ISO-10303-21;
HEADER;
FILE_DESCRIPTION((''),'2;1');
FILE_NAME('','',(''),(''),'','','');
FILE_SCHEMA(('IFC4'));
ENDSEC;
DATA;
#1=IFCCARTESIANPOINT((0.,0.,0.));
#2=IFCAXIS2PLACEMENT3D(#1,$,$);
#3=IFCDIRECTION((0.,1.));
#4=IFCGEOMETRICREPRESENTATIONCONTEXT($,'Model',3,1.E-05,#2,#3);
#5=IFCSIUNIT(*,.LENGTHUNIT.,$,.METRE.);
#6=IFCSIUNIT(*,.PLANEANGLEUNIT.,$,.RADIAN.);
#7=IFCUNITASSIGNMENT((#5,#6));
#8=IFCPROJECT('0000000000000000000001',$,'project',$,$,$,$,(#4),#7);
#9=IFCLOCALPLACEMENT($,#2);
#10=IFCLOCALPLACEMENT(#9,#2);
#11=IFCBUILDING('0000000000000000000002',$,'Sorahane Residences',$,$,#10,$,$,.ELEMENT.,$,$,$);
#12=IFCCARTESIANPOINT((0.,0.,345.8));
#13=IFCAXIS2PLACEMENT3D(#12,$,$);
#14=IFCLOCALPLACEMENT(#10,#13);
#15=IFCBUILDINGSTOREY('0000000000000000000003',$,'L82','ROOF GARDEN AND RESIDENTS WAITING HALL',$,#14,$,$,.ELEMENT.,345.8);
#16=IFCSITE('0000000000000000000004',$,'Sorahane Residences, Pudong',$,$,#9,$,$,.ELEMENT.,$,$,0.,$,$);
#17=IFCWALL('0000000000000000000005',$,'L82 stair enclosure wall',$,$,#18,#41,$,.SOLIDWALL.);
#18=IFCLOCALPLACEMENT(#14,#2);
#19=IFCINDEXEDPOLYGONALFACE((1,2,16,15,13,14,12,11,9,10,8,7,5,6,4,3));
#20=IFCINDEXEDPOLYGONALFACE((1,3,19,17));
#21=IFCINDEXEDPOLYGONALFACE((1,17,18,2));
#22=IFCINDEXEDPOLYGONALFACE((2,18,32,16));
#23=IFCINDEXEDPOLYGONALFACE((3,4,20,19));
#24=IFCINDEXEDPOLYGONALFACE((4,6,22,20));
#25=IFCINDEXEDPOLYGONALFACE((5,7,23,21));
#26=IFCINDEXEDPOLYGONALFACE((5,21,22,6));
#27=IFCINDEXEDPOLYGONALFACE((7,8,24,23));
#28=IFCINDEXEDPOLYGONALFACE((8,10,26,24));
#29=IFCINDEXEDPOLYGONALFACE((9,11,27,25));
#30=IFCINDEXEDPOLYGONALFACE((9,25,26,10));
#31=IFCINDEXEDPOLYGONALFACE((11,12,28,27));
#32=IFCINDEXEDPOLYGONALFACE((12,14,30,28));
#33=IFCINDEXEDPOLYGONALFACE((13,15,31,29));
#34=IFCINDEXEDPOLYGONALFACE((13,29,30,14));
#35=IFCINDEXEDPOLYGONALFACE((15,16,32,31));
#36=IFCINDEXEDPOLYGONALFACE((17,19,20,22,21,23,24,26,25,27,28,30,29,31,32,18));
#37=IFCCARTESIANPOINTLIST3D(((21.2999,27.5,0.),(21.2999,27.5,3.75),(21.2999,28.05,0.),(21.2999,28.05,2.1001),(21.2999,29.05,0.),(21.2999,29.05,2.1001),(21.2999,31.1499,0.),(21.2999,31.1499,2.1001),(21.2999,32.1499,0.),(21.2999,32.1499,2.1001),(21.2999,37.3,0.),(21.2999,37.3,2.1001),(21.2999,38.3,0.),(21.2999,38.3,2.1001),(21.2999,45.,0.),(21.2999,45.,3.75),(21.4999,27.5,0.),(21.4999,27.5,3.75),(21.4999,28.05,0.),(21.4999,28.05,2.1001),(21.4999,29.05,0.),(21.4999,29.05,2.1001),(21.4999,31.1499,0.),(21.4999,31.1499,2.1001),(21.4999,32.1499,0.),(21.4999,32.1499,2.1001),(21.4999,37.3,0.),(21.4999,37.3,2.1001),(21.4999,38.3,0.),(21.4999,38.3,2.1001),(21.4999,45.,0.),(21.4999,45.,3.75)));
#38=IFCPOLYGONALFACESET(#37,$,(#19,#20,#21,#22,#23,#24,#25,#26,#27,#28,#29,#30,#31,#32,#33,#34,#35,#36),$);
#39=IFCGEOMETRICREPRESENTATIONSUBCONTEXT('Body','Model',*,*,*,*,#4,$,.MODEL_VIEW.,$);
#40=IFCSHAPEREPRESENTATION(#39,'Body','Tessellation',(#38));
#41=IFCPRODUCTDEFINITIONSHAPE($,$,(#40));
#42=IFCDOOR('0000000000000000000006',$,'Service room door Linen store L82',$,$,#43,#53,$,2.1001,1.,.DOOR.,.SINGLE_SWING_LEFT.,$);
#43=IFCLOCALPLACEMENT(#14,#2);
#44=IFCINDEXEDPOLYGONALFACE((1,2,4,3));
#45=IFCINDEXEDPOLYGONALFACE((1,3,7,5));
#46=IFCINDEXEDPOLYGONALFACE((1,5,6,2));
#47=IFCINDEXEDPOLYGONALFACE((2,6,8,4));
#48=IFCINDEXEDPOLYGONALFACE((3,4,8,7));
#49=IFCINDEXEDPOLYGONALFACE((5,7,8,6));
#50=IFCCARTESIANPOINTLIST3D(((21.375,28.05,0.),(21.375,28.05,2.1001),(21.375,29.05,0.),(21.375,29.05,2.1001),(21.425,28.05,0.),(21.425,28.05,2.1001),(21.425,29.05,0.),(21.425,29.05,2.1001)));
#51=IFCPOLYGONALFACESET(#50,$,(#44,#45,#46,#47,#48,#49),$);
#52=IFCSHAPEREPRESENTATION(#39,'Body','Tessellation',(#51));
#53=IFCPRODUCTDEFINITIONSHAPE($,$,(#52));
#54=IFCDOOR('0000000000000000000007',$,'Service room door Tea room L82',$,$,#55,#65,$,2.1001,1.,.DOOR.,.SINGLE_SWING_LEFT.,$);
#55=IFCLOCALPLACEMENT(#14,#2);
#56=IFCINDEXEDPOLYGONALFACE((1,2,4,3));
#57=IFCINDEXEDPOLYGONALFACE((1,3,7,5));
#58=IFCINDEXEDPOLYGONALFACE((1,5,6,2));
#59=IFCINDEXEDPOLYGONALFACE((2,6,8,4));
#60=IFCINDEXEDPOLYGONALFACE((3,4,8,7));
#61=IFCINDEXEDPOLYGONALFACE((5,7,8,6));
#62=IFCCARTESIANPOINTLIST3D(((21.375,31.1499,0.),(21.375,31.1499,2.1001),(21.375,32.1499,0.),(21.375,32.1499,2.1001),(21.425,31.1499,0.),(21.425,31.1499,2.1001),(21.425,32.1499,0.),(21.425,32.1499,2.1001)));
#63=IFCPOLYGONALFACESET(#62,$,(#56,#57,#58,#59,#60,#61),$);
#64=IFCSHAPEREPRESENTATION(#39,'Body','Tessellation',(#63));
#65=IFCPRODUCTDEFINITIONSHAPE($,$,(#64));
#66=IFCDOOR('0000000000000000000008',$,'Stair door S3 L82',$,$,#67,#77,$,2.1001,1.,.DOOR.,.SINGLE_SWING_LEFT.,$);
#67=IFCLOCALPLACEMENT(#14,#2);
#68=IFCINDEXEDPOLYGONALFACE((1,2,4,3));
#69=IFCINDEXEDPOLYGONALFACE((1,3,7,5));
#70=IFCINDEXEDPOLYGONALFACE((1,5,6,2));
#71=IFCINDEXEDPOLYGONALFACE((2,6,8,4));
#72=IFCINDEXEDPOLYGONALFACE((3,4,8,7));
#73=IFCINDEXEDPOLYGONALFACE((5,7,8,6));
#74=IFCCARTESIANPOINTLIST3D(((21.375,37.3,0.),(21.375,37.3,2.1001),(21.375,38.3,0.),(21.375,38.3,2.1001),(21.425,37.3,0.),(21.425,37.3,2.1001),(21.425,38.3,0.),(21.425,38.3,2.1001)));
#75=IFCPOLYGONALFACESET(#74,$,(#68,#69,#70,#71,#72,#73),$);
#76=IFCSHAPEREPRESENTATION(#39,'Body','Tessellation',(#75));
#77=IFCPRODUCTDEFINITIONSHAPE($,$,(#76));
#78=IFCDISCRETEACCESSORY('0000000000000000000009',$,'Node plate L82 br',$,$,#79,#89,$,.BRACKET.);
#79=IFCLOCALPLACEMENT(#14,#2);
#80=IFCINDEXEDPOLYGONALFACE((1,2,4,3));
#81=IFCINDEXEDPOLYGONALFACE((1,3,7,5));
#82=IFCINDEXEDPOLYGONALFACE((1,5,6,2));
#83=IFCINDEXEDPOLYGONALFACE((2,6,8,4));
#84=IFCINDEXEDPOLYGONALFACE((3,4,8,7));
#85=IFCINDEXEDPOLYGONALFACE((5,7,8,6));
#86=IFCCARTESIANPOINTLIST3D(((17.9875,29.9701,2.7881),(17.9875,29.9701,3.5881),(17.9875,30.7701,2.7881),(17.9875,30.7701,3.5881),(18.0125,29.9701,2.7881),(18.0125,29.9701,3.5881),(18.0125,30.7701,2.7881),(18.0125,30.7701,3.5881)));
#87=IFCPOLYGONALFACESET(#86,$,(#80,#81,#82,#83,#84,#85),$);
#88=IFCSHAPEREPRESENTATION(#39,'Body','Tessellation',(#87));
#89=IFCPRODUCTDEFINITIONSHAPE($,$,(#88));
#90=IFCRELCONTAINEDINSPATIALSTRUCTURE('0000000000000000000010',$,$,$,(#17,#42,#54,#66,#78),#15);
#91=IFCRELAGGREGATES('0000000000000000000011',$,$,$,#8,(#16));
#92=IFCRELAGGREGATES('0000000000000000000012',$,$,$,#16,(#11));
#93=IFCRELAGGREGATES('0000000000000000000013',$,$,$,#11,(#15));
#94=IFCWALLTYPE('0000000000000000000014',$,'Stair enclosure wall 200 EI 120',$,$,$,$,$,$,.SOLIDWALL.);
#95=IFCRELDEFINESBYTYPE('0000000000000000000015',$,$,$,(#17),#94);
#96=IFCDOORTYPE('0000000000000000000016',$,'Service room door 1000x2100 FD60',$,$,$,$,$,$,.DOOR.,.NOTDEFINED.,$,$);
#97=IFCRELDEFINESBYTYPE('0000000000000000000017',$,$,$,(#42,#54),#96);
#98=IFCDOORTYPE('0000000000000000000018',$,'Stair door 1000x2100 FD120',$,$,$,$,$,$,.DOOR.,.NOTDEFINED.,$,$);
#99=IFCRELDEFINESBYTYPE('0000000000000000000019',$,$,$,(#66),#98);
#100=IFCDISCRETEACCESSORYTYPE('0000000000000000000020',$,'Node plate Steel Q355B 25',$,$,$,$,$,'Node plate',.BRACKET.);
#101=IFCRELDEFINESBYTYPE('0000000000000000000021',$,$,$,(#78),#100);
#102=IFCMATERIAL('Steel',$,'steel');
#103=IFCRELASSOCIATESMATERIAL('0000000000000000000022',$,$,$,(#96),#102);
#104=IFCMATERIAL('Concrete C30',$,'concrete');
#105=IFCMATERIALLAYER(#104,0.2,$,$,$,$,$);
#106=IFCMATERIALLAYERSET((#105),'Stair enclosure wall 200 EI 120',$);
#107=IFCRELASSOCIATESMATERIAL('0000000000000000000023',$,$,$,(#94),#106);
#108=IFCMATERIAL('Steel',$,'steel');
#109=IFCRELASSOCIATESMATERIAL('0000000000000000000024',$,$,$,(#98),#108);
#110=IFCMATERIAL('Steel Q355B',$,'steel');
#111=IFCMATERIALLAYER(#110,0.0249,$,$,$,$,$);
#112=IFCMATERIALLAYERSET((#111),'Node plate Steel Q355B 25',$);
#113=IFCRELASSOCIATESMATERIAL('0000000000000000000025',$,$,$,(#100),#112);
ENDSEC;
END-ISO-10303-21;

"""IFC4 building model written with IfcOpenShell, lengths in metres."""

from ifc_helpers import new_model, si_unit, direction, frame, frame_2d, origin, origin_2d, place, context, subcontext, project, spatial, rectangle, extrude, material, layer, layer_set, type_object, element, fill, save


model = new_model("IFC4")

# Units and contexts
model_context = context("Model", 3, precision=1e-05, world=origin(), true_north=direction((0.0, 1.0)))
body_context = subcontext(model_context, "Body", "Model", "MODEL_VIEW")
ifc_project = project(units=[si_unit("LENGTHUNIT", "METRE"), si_unit("PLANEANGLEUNIT", "RADIAN")], contexts=[model_context])

# Site, building, storey
site_placement = place(None, origin())
site = spatial("IfcSite", under=ifc_project, at=site_placement, Name="Sorahane Residences, Pudong", CompositionType="ELEMENT", RefElevation=0.0)
building_placement = place(site_placement, origin())
building = spatial("IfcBuilding", under=site, at=building_placement, Name="Sorahane Residences", CompositionType="ELEMENT")
storey_placement = place(building_placement, frame((0.0, 0.0, 345.8)))
storey = spatial("IfcBuildingStorey", under=building, at=storey_placement, Name="L82", Description="ROOF GARDEN AND RESIDENTS WAITING HALL", CompositionType="ELEMENT", Elevation=345.8)

# Shared definitions
ifc_material_1 = material(Name="Steel", Category="steel")
door_type_1 = type_object("IfcDoorType", Name="Service room door 1000x2100 FD60", OperationType="NOTDEFINED", PredefinedType="DOOR", material=ifc_material_1)

# Wall, openings, doors
ifc_material_2 = material(Name="Concrete C30", Category="concrete")
ifc_layer_1 = layer(ifc_material_2, 0.2)
ifc_layer_set_1 = layer_set([ifc_layer_1], Name="Stair enclosure wall 200 EI 120")
wall_type_1 = type_object("IfcWallType", Name="Stair enclosure wall 200 EI 120", PredefinedType="SOLIDWALL", material=ifc_layer_set_1)
wall_1_placement = place(storey_placement, frame((21.3999, 27.5, 0.0), z_axis=(0.0, 0.0, 1.0), x_axis=(0.0, 1.0, 0.0)))
wall_1 = element("IfcWall", 1, at=wall_1_placement, inside=storey, type_object=wall_type_1, Name="L82 stair enclosure wall", PredefinedType="SOLIDWALL", context=body_context, shape_type="SweptSolid", body=[
    extrude(rectangle(XDim=17.5, YDim=0.2, at=frame_2d((8.75, 0.0))), origin(), (0.0, 0.0, 1.0), 3.75),
])
opening_1_placement = place(wall_1_placement, frame((0.55, 0.0, 0.0)))
opening_1 = element("IfcOpeningElement", 2, at=opening_1_placement, cuts=wall_1, PredefinedType="OPENING", context=body_context, shape_type="SweptSolid", body=[
    extrude(rectangle(XDim=1.0, YDim=2.1001, at=frame_2d((0.5, 1.05))), frame((0.0, 0.1099, 0.0), z_axis=(0.0, -1.0, 0.0), x_axis=(1.0, 0.0, 0.0)), (0.0, 0.0, 1.0), 0.22),
])
opening_2_placement = place(wall_1_placement, frame((3.6499, 0.0, 0.0)))
opening_2 = element("IfcOpeningElement", 3, at=opening_2_placement, cuts=wall_1, PredefinedType="OPENING", context=body_context, shape_type="SweptSolid", body=[
    extrude(rectangle(XDim=1.0, YDim=2.1001, at=frame_2d((0.5, 1.05))), frame((0.0, 0.1099, 0.0), z_axis=(0.0, -1.0, 0.0), x_axis=(1.0, 0.0, 0.0)), (0.0, 0.0, 1.0), 0.22),
])
opening_3_placement = place(wall_1_placement, frame((9.8, 0.0, 0.0)))
opening_3 = element("IfcOpeningElement", 4, at=opening_3_placement, cuts=wall_1, PredefinedType="OPENING", context=body_context, shape_type="SweptSolid", body=[
    extrude(rectangle(XDim=1.0, YDim=2.1001, at=frame_2d((0.5, 1.05))), frame((0.0, 0.1099, 0.0), z_axis=(0.0, -1.0, 0.0), x_axis=(1.0, 0.0, 0.0)), (0.0, 0.0, 1.0), 0.22),
])
door_1_placement = place(opening_1_placement, origin())
door_1 = element("IfcDoor", 5, at=door_1_placement, inside=storey, type_object=door_type_1, Name="Service room door Linen store L82", OperationType="SINGLE_SWING_LEFT", OverallHeight=2.1001, OverallWidth=1.0, PredefinedType="DOOR", context=body_context, shape_type="SweptSolid", body=[
    extrude(rectangle(XDim=1.0, YDim=2.1001, at=frame_2d((0.5, 1.05))), frame((0.0, 0.0249, 0.0), z_axis=(0.0, -1.0, 0.0), x_axis=(1.0, 0.0, 0.0)), (0.0, 0.0, 1.0), 0.05),
])
fill(opening_1, door_1)
door_2_placement = place(opening_2_placement, origin())
door_2 = element("IfcDoor", 6, at=door_2_placement, inside=storey, type_object=door_type_1, Name="Service room door Tea room L82", OperationType="SINGLE_SWING_LEFT", OverallHeight=2.1001, OverallWidth=1.0, PredefinedType="DOOR", context=body_context, shape_type="SweptSolid", body=[
    extrude(rectangle(XDim=1.0, YDim=2.1001, at=frame_2d((0.5, 1.05))), frame((0.0, 0.0249, 0.0), z_axis=(0.0, -1.0, 0.0), x_axis=(1.0, 0.0, 0.0)), (0.0, 0.0, 1.0), 0.05),
])
fill(opening_2, door_2)
ifc_material_3 = material(Name="Steel", Category="steel")
door_type_2 = type_object("IfcDoorType", Name="Stair door 1000x2100 FD120", OperationType="NOTDEFINED", PredefinedType="DOOR", material=ifc_material_3)
door_3_placement = place(opening_3_placement, origin())
door_3 = element("IfcDoor", 7, at=door_3_placement, inside=storey, type_object=door_type_2, Name="Stair door S3 L82", OperationType="SINGLE_SWING_LEFT", OverallHeight=2.1001, OverallWidth=1.0, PredefinedType="DOOR", context=body_context, shape_type="SweptSolid", body=[
    extrude(rectangle(XDim=1.0, YDim=2.1001, at=frame_2d((0.5, 1.05))), frame((0.0, 0.0249, 0.0), z_axis=(0.0, -1.0, 0.0), x_axis=(1.0, 0.0, 0.0)), (0.0, 0.0, 1.0), 0.05),
])
fill(opening_3, door_3)

# Discrete accessory
ifc_material_4 = material(Name="Steel Q355B", Category="steel")
ifc_layer_2 = layer(ifc_material_4, 0.0249)
ifc_layer_set_2 = layer_set([ifc_layer_2], Name="Node plate Steel Q355B 25")
discrete_accessory_type = type_object("IfcDiscreteAccessoryType", Name="Node plate Steel Q355B 25", ElementType="Node plate", PredefinedType="BRACKET", material=ifc_layer_set_2)
discrete_accessory_placement = place(storey_placement, frame((18.0, 30.3701, 2.7881), z_axis=(0.0, 0.0, 1.0), x_axis=(0.0, 1.0, 0.0)))
element("IfcDiscreteAccessory", 8, at=discrete_accessory_placement, inside=storey, type_object=discrete_accessory_type, Name="Node plate L82 br", PredefinedType="BRACKET", context=body_context, shape_type="SweptSolid", body=[
    extrude(rectangle(XDim=0.8, YDim=0.0249, at=origin_2d()), origin(), (0.0, 0.0, 1.0), 0.8),
])

save(model, "model.ifc")
